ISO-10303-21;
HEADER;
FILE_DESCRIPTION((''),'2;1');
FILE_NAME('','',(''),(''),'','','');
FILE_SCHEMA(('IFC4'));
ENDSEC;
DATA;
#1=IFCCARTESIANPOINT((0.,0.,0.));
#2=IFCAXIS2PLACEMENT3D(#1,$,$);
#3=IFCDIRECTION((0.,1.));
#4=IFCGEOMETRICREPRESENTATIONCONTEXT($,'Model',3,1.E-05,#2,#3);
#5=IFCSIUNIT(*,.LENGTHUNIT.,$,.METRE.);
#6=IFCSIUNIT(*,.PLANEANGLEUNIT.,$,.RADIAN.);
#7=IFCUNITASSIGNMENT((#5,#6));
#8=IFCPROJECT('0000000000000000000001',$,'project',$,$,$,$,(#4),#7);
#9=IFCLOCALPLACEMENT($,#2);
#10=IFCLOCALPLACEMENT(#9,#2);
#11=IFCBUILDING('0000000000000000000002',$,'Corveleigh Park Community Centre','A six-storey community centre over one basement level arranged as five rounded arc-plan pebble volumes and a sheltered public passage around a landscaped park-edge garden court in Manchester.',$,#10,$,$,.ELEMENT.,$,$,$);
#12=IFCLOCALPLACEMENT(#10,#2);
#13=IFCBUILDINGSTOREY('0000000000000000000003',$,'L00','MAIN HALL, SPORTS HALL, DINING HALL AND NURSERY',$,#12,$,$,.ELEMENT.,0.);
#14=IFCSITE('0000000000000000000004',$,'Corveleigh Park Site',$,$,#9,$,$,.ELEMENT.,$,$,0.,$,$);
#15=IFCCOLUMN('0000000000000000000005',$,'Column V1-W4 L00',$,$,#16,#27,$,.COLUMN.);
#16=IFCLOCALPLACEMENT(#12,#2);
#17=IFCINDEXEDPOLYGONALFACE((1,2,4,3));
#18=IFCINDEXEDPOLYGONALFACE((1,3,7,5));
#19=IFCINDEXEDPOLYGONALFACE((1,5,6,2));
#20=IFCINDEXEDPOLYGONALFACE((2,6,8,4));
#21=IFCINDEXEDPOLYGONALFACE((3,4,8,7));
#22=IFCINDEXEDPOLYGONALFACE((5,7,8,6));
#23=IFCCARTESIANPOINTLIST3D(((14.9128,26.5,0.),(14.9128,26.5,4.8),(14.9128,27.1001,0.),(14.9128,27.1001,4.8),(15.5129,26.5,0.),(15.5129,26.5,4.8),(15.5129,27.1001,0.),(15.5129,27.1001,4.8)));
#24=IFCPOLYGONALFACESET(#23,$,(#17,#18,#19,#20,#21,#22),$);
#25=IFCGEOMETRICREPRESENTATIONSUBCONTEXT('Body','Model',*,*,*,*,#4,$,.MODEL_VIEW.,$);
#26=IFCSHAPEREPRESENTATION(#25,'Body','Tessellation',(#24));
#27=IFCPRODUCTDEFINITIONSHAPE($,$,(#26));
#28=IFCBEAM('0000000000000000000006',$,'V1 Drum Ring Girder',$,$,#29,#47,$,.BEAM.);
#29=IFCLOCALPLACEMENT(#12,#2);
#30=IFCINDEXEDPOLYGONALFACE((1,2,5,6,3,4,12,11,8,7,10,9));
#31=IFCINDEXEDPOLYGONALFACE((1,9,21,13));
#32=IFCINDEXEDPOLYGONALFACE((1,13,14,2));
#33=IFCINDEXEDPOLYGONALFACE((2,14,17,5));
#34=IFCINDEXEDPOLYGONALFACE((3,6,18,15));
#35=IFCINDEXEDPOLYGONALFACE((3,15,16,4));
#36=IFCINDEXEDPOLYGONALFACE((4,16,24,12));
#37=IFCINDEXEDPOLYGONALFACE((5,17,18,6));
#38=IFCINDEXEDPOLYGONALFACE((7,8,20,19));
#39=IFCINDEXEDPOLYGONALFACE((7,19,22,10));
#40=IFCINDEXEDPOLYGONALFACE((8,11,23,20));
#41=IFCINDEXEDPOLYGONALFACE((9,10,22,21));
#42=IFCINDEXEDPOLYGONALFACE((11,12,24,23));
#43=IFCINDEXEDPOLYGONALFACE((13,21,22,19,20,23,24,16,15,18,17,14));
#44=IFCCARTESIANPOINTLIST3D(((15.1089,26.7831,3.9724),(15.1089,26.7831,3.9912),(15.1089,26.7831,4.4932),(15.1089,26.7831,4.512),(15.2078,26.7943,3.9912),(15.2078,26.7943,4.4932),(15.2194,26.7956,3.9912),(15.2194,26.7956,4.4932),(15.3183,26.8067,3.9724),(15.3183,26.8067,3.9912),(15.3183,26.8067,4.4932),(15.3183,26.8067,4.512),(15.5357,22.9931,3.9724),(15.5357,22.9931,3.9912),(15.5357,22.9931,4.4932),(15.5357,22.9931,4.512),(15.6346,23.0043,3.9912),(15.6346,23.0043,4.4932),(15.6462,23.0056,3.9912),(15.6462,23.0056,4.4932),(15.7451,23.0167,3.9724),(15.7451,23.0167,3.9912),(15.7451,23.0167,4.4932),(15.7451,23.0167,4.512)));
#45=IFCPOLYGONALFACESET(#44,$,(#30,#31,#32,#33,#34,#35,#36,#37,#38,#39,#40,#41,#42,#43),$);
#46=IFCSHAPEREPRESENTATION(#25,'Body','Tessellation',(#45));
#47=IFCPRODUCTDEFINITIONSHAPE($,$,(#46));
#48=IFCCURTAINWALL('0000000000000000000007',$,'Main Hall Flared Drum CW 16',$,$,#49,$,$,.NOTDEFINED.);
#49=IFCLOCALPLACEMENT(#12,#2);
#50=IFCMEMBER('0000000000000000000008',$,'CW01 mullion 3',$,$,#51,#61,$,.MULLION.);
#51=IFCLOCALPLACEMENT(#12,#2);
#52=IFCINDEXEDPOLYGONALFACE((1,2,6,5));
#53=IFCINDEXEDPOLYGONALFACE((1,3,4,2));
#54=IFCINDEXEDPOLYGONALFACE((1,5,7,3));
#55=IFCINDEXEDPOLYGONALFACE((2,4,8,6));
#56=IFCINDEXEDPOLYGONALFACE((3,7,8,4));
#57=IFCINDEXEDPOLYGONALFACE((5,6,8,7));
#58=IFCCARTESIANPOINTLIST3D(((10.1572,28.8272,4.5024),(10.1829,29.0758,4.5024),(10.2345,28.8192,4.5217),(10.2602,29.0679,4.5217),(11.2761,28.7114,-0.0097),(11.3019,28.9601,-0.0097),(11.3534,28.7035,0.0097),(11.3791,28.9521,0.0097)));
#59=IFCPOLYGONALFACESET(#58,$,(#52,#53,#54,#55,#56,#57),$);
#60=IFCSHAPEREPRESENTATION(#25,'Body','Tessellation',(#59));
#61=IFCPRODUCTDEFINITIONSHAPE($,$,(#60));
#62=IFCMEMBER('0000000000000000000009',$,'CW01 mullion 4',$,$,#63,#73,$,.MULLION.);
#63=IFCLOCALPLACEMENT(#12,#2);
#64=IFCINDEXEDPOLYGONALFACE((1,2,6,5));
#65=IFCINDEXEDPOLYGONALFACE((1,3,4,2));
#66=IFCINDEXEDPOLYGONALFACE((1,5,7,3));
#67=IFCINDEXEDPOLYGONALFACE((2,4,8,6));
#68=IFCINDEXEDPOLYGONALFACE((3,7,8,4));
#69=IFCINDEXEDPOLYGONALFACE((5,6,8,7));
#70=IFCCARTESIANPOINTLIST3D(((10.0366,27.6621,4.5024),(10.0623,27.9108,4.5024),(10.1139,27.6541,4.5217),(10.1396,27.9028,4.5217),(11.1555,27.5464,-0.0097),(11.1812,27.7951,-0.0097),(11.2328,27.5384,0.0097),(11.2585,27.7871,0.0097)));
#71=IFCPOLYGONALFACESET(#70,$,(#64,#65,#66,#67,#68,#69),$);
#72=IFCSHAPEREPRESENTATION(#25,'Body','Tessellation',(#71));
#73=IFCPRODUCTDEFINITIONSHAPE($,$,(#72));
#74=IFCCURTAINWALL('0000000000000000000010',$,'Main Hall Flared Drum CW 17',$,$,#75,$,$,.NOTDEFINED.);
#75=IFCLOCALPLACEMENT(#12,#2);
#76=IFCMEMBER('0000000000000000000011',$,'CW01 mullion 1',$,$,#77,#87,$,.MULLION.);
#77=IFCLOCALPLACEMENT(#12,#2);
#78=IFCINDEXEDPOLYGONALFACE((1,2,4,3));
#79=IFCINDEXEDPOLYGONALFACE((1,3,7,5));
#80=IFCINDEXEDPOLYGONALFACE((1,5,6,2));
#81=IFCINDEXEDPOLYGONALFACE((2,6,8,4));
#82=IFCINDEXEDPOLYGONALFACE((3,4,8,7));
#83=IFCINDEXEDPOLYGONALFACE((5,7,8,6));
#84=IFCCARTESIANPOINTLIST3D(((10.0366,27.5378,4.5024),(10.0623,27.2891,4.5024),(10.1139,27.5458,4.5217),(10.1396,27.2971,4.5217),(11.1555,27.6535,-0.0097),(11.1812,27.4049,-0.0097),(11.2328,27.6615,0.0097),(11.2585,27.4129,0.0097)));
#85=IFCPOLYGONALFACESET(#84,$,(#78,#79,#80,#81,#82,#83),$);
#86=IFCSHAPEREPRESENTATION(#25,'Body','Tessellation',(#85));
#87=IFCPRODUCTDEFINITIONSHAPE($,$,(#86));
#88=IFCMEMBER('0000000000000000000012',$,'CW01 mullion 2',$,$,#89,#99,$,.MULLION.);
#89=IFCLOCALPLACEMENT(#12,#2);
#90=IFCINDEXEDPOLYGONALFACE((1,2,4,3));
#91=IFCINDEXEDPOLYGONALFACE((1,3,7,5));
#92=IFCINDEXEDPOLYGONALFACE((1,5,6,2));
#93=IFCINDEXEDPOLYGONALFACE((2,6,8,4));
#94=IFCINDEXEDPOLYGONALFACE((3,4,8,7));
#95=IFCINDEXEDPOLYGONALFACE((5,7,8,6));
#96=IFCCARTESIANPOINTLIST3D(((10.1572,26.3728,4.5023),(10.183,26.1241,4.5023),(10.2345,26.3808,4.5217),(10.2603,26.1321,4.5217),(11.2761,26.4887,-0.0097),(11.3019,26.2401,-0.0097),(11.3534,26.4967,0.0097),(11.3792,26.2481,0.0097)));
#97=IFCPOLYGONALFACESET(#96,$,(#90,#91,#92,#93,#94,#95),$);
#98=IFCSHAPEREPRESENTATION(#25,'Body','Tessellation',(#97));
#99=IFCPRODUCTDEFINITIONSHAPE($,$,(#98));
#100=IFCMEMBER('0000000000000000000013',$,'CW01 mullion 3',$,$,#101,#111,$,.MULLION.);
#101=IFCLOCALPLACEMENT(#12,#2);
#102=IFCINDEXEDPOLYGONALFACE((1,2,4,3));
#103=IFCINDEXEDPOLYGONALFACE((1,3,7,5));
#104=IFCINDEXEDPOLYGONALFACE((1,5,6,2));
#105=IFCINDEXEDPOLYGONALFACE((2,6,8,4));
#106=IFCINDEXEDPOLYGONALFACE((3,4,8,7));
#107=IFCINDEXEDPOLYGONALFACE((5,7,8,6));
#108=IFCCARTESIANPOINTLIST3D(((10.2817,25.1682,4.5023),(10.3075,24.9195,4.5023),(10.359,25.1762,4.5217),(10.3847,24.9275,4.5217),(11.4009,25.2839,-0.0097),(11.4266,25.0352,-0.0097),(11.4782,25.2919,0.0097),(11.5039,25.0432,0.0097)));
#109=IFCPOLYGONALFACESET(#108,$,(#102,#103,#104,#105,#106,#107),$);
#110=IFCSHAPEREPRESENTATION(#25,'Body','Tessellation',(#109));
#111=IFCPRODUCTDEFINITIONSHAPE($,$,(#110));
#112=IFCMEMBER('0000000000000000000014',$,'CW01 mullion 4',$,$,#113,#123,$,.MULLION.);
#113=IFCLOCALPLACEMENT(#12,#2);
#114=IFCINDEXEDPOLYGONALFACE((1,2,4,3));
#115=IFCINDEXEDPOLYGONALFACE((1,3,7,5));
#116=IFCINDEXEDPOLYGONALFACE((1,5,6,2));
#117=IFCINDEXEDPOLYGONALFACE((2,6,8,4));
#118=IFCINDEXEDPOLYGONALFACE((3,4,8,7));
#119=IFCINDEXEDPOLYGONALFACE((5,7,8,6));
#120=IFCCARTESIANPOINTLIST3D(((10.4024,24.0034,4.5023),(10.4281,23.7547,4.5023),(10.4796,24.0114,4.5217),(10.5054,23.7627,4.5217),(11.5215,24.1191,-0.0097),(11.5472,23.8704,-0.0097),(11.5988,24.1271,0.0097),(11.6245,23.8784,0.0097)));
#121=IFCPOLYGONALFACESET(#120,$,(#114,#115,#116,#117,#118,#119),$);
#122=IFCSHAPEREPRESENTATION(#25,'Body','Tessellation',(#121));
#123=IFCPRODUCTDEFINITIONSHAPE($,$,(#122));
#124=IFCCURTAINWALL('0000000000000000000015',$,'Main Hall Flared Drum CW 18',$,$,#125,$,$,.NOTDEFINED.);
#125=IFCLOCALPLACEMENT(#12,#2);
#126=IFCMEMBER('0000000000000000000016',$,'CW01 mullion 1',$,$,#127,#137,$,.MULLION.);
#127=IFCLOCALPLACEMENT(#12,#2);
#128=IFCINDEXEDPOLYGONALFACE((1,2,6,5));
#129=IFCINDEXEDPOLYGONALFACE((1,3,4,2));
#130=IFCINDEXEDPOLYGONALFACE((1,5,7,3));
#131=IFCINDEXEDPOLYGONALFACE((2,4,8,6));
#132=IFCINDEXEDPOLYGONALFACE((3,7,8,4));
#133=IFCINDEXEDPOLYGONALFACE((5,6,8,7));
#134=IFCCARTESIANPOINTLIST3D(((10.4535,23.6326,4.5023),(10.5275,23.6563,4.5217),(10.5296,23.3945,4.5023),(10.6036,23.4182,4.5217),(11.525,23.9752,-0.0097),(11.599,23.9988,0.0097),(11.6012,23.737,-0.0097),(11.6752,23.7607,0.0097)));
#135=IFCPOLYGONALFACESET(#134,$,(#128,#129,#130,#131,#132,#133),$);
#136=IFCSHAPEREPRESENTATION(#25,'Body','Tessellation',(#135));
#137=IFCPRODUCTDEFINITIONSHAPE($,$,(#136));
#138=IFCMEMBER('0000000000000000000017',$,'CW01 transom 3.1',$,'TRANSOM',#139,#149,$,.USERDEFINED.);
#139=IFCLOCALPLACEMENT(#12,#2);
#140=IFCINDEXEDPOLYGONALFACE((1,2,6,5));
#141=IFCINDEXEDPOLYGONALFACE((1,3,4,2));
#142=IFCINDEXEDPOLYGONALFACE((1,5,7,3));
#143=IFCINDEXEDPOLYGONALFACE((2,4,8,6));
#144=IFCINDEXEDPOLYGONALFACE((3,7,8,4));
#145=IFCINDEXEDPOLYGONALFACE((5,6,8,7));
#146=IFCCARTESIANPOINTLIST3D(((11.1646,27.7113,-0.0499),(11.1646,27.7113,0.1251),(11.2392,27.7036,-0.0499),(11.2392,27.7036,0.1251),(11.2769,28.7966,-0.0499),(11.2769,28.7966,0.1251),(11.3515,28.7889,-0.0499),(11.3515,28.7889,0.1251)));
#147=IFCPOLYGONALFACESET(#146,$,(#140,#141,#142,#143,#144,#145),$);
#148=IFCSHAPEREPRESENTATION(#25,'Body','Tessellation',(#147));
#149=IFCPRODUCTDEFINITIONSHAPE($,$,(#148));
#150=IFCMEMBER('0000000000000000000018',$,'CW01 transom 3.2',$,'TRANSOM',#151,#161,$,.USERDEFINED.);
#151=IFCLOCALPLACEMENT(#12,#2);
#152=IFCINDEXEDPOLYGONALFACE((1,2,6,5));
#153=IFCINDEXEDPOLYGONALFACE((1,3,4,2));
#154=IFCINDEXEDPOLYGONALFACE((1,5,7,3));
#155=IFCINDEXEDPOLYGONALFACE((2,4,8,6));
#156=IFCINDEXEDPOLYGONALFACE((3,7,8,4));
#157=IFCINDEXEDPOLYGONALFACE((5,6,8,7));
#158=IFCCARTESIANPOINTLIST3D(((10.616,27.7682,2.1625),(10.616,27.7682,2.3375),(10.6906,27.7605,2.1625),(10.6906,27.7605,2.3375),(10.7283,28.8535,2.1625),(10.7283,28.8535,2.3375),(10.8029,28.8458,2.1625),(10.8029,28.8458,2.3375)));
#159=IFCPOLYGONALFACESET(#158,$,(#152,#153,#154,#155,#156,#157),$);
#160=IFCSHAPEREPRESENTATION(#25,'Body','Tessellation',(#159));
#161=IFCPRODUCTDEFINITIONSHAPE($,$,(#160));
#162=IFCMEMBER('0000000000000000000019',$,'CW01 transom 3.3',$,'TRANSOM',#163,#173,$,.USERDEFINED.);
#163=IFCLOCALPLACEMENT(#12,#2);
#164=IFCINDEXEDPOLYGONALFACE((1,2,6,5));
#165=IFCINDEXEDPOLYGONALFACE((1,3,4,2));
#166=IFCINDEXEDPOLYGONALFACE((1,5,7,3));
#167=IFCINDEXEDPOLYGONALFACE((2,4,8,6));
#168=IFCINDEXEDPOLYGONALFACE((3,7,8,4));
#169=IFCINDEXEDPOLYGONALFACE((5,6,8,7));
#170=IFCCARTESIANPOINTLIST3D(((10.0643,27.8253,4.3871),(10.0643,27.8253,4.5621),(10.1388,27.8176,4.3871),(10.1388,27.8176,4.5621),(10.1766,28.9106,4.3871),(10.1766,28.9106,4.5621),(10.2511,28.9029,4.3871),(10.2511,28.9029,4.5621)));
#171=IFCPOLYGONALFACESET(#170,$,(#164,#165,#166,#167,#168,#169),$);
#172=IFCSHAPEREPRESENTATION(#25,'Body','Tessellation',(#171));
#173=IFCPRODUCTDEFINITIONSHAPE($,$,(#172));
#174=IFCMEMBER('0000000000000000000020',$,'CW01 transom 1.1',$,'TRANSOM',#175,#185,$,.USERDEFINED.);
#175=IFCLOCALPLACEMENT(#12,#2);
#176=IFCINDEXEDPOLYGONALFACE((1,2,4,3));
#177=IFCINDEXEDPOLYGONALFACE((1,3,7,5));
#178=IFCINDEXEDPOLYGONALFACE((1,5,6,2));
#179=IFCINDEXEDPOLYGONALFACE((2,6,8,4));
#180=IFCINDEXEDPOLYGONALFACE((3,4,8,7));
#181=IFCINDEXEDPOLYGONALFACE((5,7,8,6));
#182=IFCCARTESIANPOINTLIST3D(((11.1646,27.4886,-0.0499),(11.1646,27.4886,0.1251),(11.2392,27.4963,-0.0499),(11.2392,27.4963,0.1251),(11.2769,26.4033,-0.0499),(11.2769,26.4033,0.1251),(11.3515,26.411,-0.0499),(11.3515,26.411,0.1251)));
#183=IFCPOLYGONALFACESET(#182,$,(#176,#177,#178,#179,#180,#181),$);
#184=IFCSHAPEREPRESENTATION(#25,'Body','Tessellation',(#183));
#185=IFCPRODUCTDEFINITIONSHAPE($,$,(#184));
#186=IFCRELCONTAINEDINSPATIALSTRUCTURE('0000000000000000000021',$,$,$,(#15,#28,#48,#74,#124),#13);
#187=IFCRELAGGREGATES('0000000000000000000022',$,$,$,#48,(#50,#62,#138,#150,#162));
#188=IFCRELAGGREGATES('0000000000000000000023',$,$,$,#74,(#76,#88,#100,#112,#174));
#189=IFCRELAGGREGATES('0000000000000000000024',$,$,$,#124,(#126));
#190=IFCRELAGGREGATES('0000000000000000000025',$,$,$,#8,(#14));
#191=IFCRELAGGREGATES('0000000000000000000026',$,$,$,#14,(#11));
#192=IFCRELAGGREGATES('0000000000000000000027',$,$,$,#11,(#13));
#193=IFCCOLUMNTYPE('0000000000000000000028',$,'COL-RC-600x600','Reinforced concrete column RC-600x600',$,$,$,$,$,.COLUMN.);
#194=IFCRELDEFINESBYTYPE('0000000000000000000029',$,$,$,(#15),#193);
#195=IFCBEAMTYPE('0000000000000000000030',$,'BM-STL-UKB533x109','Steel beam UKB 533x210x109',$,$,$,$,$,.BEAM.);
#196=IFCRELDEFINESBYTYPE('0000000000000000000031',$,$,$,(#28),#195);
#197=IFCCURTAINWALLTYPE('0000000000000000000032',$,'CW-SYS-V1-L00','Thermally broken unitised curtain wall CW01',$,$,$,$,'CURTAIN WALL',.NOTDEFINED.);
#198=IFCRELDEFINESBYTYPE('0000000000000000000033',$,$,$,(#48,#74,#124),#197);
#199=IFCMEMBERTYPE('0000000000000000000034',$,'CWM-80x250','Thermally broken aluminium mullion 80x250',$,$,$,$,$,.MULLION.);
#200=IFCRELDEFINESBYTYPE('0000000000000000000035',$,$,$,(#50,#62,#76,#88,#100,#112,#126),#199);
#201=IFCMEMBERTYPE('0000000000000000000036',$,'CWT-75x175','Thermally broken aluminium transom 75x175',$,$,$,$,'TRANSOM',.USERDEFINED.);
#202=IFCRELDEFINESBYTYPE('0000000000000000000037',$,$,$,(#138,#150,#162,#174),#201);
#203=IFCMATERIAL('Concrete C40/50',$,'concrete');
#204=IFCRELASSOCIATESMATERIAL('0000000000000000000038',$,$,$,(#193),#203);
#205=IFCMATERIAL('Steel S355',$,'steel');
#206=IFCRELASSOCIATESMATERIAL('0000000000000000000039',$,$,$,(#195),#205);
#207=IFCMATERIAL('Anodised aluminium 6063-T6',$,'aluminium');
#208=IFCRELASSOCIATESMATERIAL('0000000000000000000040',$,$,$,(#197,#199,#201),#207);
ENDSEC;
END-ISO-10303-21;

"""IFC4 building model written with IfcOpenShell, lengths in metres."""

from ifc_helpers import new_model, si_unit, direction, frame, origin, origin_2d, place, context, subcontext, project, spatial, rectangle, i_section, extrude, material, material_profile, profile_set, type_object, element, aggregate, save


model = new_model("IFC4")

# Units and contexts
model_context = context("Model", 3, precision=1e-05, world=origin(), true_north=direction((0.0, 1.0)))
body_context = subcontext(model_context, "Body", "Model", "MODEL_VIEW")
ifc_project = project(units=[si_unit("LENGTHUNIT", "METRE"), si_unit("PLANEANGLEUNIT", "RADIAN")], contexts=[model_context])

# Site, building, storey
site_placement = place(None, origin())
site = spatial("IfcSite", under=ifc_project, at=site_placement, Name="Corveleigh Park Site", CompositionType="ELEMENT", RefElevation=0.0)
building_placement = place(site_placement, origin())
building = spatial("IfcBuilding", under=site, at=building_placement, Name="Corveleigh Park Community Centre", Description="A six-storey community centre over one basement level arranged as five rounded arc-plan pebble volumes and a sheltered public passage around a landscaped park-edge garden court in Manchester.", CompositionType="ELEMENT")
storey_placement = place(building_placement, origin())
storey = spatial("IfcBuildingStorey", under=building, at=storey_placement, Name="L00", Description="MAIN HALL, SPORTS HALL, DINING HALL AND NURSERY", CompositionType="ELEMENT", Elevation=0.0)

# Column
ifc_material_1 = material(Name="Concrete C40/50", Category="concrete")
ifc_material_profile_1 = material_profile(ifc_material_1, rectangle(XDim=0.6001, YDim=0.6001, at=origin_2d()), Name="RC-600x600", Category="concrete")
ifc_profile_set_1 = profile_set([ifc_material_profile_1], Name="Concrete C40/50")
column_type = type_object("IfcColumnType", Name="COL-RC-600x600", Description="Reinforced concrete column RC-600x600", PredefinedType="COLUMN", material=ifc_profile_set_1)
column_placement = place(storey_placement, frame((15.2129, 26.8, 0.0), z_axis=(0.0, 0.0, 1.0), x_axis=(1.0, 0.0, 0.0)))
element("IfcColumn", 1, at=column_placement, inside=storey, type_object=column_type, Name="Column V1-W4 L00", PredefinedType="COLUMN", context=body_context, shape_type="SweptSolid", body=[
    extrude(rectangle(XDim=0.6001, YDim=0.6001, at=origin_2d()), origin(), (0.0, 0.0, 1.0), 4.8),
])

# Beam
ifc_material_2 = material(Name="Steel S355", Category="steel")
ifc_material_profile_2 = material_profile(ifc_material_2, i_section(OverallWidth=0.2107, OverallDepth=0.5396, WebThickness=0.0117, FlangeThickness=0.0188, at=origin_2d()), Name="UKB 533x210x109", Category="steel")
ifc_profile_set_2 = profile_set([ifc_material_profile_2], Name="Steel S355")
beam_type = type_object("IfcBeamType", Name="BM-STL-UKB533x109", Description="Steel beam UKB 533x210x109", PredefinedType="BEAM", material=ifc_profile_set_2)
beam_placement = place(storey_placement, frame((15.2136, 26.7949, 4.2422), z_axis=(0.111893, -0.99372, 0.0), x_axis=(0.99372, 0.111893, 0.0)))
element("IfcBeam", 2, at=beam_placement, inside=storey, type_object=beam_type, Name="V1 Drum Ring Girder", PredefinedType="BEAM", context=body_context, shape_type="SweptSolid", body=[
    extrude(i_section(OverallWidth=0.2107, OverallDepth=0.5396, WebThickness=0.0117, FlangeThickness=0.0188, at=origin_2d()), origin(), (0.0, 0.0, 1.0), 3.814),
])

# Curtain walls, members
ifc_material_3 = material(Name="Anodised aluminium 6063-T6", Category="aluminium")
curtain_wall_type = type_object("IfcCurtainWallType", Name="CW-SYS-V1-L00", Description="Thermally broken unitised curtain wall CW01", ElementType="CURTAIN WALL", PredefinedType="NOTDEFINED", material=ifc_material_3)
curtain_wall_1_placement = place(storey_placement, origin())
curtain_wall_1 = element("IfcCurtainWall", 3, at=curtain_wall_1_placement, inside=storey, type_object=curtain_wall_type, Name="Main Hall Flared Drum CW 16", PredefinedType="NOTDEFINED")
ifc_material_profile_3 = material_profile(ifc_material_3, rectangle(XDim=0.0801, YDim=0.25, at=origin_2d()), Name="ALU-M80x250", Category="aluminium")
ifc_profile_set_3 = profile_set([ifc_material_profile_3], Name="Anodised aluminium 6063-T6")
member_type_1 = type_object("IfcMemberType", Name="CWM-80x250", Description="Thermally broken aluminium mullion 80x250", PredefinedType="MULLION", material=ifc_profile_set_3)
member_1_placement = place(storey_placement, frame((11.3276, 28.8318, 0.0), z_axis=(-0.240619, 0.024886, 0.9703), x_axis=(0.965152, -0.099822, 0.241903)))
member_1 = element("IfcMember", 4, at=member_1_placement, type_object=member_type_1, Name="CW01 mullion 3", PredefinedType="MULLION", context=body_context, shape_type="SweptSolid", body=[
    extrude(rectangle(XDim=0.0801, YDim=0.25, at=origin_2d()), origin(), (0.0, 0.0, 1.0), 4.6501),
])
member_2_placement = place(storey_placement, frame((11.207, 27.6667, 0.0), z_axis=(-0.240619, 0.024886, 0.9703), x_axis=(0.965152, -0.099822, 0.241903)))
member_2 = element("IfcMember", 5, at=member_2_placement, type_object=member_type_1, Name="CW01 mullion 4", PredefinedType="MULLION", context=body_context, shape_type="SweptSolid", body=[
    extrude(rectangle(XDim=0.0801, YDim=0.25, at=origin_2d()), origin(), (0.0, 0.0, 1.0), 4.6501),
])
curtain_wall_2_placement = place(storey_placement, origin())
curtain_wall_2 = element("IfcCurtainWall", 6, at=curtain_wall_2_placement, inside=storey, type_object=curtain_wall_type, Name="Main Hall Flared Drum CW 17", PredefinedType="NOTDEFINED")
member_3_placement = place(storey_placement, frame((11.207, 27.5332, 0.0), z_axis=(-0.240619, -0.024886, 0.9703), x_axis=(0.965152, 0.099822, 0.241903)))
member_3 = element("IfcMember", 7, at=member_3_placement, type_object=member_type_1, Name="CW01 mullion 1", PredefinedType="MULLION", context=body_context, shape_type="SweptSolid", body=[
    extrude(rectangle(XDim=0.0801, YDim=0.25, at=origin_2d()), origin(), (0.0, 0.0, 1.0), 4.6501),
])
member_4_placement = place(storey_placement, frame((11.3276, 26.3684, 0.0), z_axis=(-0.240619, -0.024939, 0.970299), x_axis=(0.965129, 0.10003, 0.241908)))
member_4 = element("IfcMember", 8, at=member_4_placement, type_object=member_type_1, Name="CW01 mullion 2", PredefinedType="MULLION", context=body_context, shape_type="SweptSolid", body=[
    extrude(rectangle(XDim=0.0801, YDim=0.25, at=origin_2d()), origin(), (0.0, 0.0, 1.0), 4.6501),
])
member_5_placement = place(storey_placement, frame((11.4524, 25.1636, 0.0), z_axis=(-0.240669, -0.024886, 0.970288), x_axis=(0.965142, 0.099799, 0.241952)))
member_5 = element("IfcMember", 9, at=member_5_placement, type_object=member_type_1, Name="CW01 mullion 3", PredefinedType="MULLION", context=body_context, shape_type="SweptSolid", body=[
    extrude(rectangle(XDim=0.0801, YDim=0.25, at=origin_2d()), origin(), (0.0, 0.0, 1.0), 4.6501),
])
member_6_placement = place(storey_placement, frame((11.573, 23.9988, 0.0), z_axis=(-0.240669, -0.024886, 0.970288), x_axis=(0.965142, 0.099799, 0.241952)))
member_6 = element("IfcMember", 10, at=member_6_placement, type_object=member_type_1, Name="CW01 mullion 4", PredefinedType="MULLION", context=body_context, shape_type="SweptSolid", body=[
    extrude(rectangle(XDim=0.0801, YDim=0.25, at=origin_2d()), origin(), (0.0, 0.0, 1.0), 4.6501),
])

# Curtain wall, member
curtain_wall_3_placement = place(storey_placement, origin())
curtain_wall_3 = element("IfcCurtainWall", 11, at=curtain_wall_3_placement, inside=storey, type_object=curtain_wall_type, Name="Main Hall Flared Drum CW 18", PredefinedType="NOTDEFINED")
member_7_placement = place(storey_placement, frame((11.6001, 23.8679, 0.0), z_axis=(-0.230433, -0.073661, 0.970296), x_axis=(0.924224, 0.29544, 0.24192)))
member_7 = element("IfcMember", 12, at=member_7_placement, type_object=member_type_1, Name="CW01 mullion 1", PredefinedType="MULLION", context=body_context, shape_type="SweptSolid", body=[
    extrude(rectangle(XDim=0.0801, YDim=0.25, at=origin_2d()), origin(), (0.0, 0.0, 1.0), 4.6501),
])

# Members
ifc_material_profile_4 = material_profile(ifc_material_3, rectangle(XDim=0.075, YDim=0.175, at=origin_2d()), Name="ALU-T75x175", Category="aluminium")
ifc_profile_set_4 = profile_set([ifc_material_profile_4], Name="Anodised aluminium 6063-T6")
member_type_2 = type_object("IfcMemberType", Name="CWT-75x175", Description="Thermally broken aluminium transom 75x175", ElementType="TRANSOM", PredefinedType="USERDEFINED", material=ifc_profile_set_4)
member_8_placement = place(storey_placement, frame((11.3142, 28.7927, 0.0376), z_axis=(-0.102937, -0.994688, 0.0), x_axis=(0.994688, -0.102937, 0.0)))
member_8 = element("IfcMember", 13, at=member_8_placement, type_object=member_type_2, Name="CW01 transom 3.1", ObjectType="TRANSOM", PredefinedType="USERDEFINED", context=body_context, shape_type="SweptSolid", body=[
    extrude(rectangle(XDim=0.075, YDim=0.175, at=origin_2d()), origin(), (0.0, 0.0, 1.0), 1.0911),
])
member_9_placement = place(storey_placement, frame((10.7656, 28.8496, 2.25), z_axis=(-0.102937, -0.994688, 0.0), x_axis=(0.994688, -0.102937, 0.0)))
member_9 = element("IfcMember", 14, at=member_9_placement, type_object=member_type_2, Name="CW01 transom 3.2", ObjectType="TRANSOM", PredefinedType="USERDEFINED", context=body_context, shape_type="SweptSolid", body=[
    extrude(rectangle(XDim=0.075, YDim=0.175, at=origin_2d()), origin(), (0.0, 0.0, 1.0), 1.0911),
])
member_10_placement = place(storey_placement, frame((10.2139, 28.9067, 4.4746), z_axis=(-0.102937, -0.994688, 0.0), x_axis=(0.994688, -0.102937, 0.0)))
member_10 = element("IfcMember", 15, at=member_10_placement, type_object=member_type_2, Name="CW01 transom 3.3", ObjectType="TRANSOM", PredefinedType="USERDEFINED", context=body_context, shape_type="SweptSolid", body=[
    extrude(rectangle(XDim=0.075, YDim=0.175, at=origin_2d()), origin(), (0.0, 0.0, 1.0), 1.0911),
])
member_11_placement = place(storey_placement, frame((11.2019, 27.4924, 0.0376), z_axis=(0.102937, -0.994688, 0.0), x_axis=(0.994688, 0.102937, 0.0)))
member_11 = element("IfcMember", 16, at=member_11_placement, type_object=member_type_2, Name="CW01 transom 1.1", ObjectType="TRANSOM", PredefinedType="USERDEFINED", context=body_context, shape_type="SweptSolid", body=[
    extrude(rectangle(XDim=0.075, YDim=0.175, at=origin_2d()), origin(), (0.0, 0.0, 1.0), 1.0911),
])

aggregate(curtain_wall_1, [member_1, member_2, member_8, member_9, member_10])
aggregate(curtain_wall_2, [member_3, member_4, member_5, member_6, member_11])
aggregate(curtain_wall_3, [member_7])

save(model, "model.ifc")
